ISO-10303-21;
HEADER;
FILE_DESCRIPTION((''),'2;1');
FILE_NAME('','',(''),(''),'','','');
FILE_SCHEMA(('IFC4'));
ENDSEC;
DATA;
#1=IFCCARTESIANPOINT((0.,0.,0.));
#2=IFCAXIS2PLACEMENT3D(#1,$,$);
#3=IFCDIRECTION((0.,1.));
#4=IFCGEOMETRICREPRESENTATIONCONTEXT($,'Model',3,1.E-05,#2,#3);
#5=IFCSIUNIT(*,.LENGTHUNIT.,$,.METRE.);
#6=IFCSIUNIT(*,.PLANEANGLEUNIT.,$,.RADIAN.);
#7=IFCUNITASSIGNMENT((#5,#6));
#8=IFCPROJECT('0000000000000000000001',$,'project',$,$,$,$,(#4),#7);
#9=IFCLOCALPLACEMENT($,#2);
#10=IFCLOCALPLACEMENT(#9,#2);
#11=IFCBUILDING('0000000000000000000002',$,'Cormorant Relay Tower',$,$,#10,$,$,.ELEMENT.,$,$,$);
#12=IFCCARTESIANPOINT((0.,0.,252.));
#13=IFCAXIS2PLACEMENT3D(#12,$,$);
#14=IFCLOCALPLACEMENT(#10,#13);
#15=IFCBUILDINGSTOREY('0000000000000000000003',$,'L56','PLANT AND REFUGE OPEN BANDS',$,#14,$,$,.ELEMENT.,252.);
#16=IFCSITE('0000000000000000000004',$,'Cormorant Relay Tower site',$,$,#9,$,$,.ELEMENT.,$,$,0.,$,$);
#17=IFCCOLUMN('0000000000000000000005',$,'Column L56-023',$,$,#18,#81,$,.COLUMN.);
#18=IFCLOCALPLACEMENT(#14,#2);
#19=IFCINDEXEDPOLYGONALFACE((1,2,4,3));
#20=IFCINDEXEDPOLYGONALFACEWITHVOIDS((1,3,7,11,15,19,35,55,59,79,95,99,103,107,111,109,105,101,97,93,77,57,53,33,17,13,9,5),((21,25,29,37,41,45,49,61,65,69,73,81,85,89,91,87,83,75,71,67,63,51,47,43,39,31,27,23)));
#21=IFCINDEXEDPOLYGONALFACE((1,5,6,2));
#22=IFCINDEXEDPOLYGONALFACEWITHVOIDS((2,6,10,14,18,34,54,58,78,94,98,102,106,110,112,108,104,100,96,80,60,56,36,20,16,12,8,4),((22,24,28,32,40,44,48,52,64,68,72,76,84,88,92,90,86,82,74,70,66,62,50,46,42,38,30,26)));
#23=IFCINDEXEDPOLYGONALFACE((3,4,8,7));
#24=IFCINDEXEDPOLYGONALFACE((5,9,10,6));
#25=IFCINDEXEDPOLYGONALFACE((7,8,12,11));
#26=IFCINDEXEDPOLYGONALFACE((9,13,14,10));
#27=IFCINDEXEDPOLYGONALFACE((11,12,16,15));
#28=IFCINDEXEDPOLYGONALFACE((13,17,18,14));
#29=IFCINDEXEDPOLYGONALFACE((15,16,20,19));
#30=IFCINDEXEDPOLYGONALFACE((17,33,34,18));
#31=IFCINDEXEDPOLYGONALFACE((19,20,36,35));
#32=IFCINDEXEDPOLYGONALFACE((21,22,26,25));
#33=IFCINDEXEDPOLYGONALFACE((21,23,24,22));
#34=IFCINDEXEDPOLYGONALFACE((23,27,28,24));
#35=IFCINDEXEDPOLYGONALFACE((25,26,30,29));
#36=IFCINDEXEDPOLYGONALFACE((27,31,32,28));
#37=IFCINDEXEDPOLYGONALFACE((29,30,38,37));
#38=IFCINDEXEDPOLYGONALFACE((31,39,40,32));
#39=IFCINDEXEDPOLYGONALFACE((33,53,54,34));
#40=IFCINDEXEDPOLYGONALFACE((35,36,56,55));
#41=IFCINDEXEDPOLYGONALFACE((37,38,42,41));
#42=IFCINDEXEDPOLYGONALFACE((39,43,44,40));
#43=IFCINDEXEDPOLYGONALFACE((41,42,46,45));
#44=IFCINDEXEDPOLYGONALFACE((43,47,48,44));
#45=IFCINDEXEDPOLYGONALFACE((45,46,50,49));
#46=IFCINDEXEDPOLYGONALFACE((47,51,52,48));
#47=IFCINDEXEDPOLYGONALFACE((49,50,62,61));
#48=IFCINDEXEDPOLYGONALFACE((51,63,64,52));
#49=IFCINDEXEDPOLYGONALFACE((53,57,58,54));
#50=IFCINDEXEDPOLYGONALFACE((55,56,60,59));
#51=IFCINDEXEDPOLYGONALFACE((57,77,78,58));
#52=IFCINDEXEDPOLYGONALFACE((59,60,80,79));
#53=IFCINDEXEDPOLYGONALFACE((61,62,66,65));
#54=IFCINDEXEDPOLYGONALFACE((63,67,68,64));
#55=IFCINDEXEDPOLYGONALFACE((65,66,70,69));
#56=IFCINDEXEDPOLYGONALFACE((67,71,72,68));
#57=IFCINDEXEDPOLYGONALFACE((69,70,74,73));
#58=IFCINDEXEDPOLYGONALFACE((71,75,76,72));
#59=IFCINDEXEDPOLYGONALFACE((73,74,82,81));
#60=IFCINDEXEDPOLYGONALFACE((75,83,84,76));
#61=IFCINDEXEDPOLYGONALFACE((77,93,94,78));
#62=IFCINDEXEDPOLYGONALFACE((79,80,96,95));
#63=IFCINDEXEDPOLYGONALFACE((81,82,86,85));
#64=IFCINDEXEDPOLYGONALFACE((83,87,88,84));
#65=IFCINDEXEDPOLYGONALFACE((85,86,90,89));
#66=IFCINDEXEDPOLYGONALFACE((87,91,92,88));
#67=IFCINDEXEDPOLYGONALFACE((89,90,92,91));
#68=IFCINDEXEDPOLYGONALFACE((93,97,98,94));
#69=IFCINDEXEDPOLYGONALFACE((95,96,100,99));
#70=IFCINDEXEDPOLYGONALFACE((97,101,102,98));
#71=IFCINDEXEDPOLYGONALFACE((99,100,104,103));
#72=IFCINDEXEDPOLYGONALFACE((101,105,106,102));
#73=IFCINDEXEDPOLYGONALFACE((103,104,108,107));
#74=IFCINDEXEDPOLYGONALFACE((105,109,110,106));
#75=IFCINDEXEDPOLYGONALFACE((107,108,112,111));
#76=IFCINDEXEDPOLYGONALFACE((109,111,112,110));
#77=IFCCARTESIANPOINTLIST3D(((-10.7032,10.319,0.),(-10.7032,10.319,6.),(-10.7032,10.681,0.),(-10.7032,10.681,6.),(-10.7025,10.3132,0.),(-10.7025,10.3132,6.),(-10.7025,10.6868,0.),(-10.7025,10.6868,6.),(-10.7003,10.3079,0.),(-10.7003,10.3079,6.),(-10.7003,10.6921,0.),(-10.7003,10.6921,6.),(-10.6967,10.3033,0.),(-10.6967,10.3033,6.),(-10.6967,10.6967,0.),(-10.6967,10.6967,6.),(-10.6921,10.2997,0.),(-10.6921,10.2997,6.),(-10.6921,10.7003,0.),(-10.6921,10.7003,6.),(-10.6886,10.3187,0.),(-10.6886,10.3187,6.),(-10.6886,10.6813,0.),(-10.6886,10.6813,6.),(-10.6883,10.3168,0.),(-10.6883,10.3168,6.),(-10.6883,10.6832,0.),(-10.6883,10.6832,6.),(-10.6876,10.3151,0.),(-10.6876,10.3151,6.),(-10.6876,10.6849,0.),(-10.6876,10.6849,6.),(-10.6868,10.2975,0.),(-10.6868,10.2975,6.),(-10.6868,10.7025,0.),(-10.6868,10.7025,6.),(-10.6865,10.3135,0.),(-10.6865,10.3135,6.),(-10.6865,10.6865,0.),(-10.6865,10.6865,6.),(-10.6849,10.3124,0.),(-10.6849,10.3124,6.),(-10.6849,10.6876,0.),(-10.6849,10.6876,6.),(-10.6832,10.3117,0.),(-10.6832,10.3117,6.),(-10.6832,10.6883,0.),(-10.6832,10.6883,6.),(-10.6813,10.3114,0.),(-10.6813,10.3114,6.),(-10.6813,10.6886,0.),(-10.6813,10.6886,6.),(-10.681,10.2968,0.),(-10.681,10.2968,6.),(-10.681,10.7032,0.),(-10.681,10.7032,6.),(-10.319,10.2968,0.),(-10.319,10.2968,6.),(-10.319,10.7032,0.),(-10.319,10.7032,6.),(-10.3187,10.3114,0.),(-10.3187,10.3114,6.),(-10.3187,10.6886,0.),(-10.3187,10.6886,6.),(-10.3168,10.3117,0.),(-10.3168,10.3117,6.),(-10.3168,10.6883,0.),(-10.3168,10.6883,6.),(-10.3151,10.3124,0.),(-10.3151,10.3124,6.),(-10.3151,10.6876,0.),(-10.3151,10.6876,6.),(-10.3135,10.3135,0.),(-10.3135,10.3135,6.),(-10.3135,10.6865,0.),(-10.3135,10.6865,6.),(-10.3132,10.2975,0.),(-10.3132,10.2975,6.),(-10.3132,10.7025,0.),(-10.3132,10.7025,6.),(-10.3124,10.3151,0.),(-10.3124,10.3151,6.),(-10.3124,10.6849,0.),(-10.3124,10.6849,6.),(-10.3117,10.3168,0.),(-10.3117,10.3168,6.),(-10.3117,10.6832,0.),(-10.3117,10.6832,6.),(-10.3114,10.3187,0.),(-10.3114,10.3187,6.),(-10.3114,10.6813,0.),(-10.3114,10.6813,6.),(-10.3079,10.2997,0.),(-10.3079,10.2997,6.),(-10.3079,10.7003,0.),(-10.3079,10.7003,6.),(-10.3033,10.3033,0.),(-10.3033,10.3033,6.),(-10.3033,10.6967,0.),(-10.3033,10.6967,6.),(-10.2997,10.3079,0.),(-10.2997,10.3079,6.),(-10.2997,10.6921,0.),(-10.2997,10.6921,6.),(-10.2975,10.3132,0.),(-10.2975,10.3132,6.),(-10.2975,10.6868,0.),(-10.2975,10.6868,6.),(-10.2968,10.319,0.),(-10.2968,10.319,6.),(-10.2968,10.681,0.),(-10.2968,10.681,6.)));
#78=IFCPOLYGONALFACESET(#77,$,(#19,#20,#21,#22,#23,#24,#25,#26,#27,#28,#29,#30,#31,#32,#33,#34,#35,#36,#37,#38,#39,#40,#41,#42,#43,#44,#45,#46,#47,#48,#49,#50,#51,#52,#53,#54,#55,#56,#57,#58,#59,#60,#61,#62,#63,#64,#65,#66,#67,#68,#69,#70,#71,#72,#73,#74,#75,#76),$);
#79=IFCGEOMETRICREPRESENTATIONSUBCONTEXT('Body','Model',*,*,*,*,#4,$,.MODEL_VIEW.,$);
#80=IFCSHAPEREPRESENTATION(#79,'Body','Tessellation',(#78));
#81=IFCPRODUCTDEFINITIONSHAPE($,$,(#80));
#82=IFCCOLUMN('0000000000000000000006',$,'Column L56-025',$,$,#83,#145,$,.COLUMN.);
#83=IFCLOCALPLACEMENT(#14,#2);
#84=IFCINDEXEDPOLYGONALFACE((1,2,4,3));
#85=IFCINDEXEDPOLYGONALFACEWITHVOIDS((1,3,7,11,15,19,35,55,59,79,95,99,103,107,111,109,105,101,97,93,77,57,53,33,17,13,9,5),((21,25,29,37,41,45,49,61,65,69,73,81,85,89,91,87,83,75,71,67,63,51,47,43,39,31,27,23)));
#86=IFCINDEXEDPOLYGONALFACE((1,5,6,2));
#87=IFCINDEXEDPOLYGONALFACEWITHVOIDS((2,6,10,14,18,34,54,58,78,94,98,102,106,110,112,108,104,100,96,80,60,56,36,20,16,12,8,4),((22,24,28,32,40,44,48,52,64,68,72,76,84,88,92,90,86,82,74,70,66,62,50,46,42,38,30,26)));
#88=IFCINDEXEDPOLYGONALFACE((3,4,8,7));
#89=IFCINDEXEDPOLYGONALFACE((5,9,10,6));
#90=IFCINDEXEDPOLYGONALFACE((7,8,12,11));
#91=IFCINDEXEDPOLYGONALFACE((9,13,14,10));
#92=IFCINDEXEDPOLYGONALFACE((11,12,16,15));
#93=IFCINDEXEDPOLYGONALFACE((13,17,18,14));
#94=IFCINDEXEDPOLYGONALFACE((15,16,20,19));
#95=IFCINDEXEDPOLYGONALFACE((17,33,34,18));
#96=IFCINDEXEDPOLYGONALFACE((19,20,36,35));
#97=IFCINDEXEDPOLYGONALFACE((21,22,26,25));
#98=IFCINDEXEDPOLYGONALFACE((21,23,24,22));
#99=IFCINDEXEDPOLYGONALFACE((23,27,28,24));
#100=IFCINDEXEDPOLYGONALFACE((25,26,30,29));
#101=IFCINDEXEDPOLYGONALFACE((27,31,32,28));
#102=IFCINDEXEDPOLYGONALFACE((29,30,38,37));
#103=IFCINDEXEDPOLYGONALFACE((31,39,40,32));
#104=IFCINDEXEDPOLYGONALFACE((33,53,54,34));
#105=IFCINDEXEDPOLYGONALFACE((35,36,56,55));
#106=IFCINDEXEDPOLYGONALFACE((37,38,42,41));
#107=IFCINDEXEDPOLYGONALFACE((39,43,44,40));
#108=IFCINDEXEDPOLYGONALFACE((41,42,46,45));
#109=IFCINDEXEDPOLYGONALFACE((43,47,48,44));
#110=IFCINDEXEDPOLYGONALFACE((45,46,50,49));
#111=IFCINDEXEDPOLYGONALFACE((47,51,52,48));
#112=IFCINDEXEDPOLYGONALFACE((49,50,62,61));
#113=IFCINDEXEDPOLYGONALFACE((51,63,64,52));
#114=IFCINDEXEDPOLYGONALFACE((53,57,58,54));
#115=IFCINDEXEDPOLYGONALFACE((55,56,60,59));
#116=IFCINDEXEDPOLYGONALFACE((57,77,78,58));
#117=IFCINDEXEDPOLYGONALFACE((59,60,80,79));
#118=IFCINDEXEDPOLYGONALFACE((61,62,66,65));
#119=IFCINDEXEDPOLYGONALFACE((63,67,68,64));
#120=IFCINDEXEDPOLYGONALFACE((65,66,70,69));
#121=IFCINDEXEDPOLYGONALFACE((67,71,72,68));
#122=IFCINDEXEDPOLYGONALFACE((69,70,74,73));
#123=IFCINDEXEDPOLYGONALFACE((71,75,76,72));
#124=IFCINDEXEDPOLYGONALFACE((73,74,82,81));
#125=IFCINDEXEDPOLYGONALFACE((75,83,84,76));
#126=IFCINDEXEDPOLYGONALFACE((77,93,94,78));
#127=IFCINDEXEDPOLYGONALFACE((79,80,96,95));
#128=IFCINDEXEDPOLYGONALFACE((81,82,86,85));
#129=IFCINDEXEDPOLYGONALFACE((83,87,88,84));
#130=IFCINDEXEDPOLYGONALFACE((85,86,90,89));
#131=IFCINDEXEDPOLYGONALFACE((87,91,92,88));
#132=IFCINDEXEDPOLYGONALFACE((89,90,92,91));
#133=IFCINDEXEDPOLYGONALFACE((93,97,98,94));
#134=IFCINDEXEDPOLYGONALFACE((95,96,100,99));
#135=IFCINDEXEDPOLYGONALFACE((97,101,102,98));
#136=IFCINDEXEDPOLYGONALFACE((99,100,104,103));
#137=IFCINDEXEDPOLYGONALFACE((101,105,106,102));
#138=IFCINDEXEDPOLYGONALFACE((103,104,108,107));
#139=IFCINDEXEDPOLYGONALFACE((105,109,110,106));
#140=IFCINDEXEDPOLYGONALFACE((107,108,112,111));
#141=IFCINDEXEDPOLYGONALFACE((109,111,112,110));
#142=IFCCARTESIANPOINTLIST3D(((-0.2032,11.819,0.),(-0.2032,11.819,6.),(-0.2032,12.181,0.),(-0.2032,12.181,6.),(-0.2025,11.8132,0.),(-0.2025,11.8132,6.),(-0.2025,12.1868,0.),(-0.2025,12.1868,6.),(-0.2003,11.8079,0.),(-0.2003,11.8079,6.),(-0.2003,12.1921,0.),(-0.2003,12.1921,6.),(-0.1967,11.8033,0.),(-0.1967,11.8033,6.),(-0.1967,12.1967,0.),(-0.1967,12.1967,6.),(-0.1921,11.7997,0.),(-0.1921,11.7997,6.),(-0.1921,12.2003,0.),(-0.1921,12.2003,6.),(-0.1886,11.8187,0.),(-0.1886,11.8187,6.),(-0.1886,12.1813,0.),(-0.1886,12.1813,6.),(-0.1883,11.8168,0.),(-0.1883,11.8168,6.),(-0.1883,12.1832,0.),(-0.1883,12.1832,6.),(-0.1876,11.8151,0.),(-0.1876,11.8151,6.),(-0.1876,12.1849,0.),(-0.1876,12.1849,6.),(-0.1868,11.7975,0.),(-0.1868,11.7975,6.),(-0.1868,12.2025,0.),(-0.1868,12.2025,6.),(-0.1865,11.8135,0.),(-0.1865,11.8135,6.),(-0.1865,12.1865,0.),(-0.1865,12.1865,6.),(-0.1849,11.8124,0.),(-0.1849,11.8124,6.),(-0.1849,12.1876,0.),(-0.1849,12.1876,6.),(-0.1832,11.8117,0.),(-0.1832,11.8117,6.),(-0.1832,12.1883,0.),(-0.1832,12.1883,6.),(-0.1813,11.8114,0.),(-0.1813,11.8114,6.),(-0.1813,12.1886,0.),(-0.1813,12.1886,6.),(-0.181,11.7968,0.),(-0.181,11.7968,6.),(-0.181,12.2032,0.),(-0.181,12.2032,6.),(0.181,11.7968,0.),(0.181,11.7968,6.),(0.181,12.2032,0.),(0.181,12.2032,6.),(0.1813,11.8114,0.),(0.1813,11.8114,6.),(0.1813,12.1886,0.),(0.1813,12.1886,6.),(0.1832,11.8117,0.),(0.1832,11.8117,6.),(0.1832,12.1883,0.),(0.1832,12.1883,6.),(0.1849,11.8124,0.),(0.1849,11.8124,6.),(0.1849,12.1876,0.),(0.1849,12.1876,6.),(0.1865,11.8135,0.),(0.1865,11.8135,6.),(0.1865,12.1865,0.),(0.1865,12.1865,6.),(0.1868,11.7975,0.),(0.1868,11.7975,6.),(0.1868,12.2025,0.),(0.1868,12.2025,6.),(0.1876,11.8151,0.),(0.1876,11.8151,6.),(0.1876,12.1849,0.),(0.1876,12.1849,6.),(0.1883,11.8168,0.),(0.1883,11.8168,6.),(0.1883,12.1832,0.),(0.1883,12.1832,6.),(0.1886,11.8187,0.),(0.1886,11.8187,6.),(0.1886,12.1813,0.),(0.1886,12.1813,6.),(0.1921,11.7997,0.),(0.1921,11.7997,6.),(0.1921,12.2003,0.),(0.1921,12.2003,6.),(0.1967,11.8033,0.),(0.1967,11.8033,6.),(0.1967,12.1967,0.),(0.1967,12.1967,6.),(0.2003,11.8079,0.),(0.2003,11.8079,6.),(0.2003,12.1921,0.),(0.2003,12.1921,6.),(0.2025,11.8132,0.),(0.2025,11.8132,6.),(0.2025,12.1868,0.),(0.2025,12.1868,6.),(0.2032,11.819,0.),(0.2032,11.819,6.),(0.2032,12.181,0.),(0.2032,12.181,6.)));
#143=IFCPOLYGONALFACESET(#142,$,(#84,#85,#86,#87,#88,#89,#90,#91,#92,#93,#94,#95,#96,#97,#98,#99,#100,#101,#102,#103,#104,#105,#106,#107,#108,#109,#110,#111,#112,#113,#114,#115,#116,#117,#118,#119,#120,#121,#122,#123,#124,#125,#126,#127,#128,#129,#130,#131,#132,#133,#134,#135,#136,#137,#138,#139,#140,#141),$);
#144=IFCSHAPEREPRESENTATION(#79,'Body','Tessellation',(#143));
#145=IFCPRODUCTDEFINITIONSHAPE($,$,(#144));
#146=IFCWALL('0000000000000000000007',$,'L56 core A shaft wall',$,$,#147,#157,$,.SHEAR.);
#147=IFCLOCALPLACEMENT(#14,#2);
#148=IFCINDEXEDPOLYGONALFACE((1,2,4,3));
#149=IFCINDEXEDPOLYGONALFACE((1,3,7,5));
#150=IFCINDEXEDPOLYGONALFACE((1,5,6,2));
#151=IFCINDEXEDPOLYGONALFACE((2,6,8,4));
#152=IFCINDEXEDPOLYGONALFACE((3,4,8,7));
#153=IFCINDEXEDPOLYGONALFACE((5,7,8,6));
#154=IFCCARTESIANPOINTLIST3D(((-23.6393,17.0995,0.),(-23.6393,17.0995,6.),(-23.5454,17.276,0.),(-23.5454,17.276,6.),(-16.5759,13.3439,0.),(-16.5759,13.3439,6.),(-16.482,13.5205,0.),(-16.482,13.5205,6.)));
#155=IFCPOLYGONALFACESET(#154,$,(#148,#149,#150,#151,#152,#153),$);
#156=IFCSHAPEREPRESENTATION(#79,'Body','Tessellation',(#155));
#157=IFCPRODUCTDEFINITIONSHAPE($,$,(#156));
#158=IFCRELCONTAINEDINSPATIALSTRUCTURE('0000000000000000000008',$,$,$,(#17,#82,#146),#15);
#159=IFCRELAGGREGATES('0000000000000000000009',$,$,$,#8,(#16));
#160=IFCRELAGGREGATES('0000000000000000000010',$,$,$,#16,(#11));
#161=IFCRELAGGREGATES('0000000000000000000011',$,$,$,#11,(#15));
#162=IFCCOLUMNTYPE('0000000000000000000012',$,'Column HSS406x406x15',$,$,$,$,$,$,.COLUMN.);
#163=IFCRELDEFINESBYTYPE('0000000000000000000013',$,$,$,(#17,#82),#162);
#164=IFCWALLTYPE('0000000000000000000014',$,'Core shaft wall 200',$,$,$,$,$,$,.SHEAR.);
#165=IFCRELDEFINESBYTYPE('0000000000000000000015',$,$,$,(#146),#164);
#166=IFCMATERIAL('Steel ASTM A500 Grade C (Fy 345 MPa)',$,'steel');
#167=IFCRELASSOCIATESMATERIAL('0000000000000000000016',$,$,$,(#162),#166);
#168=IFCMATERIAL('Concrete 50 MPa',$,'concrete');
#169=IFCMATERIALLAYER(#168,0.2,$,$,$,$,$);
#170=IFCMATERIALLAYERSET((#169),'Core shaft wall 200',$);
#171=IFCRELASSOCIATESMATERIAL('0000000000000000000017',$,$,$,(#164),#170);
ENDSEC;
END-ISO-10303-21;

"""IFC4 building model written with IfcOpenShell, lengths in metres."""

from ifc_helpers import new_model, si_unit, direction, frame, frame_2d, origin, origin_2d, place, context, subcontext, project, spatial, rectangle, hollow_rectangle, extrude, material, layer, layer_set, material_profile, profile_set, type_object, element, save


model = new_model("IFC4")

# Units and contexts
model_context = context("Model", 3, precision=1e-05, world=origin(), true_north=direction((0.0, 1.0)))
body_context = subcontext(model_context, "Body", "Model", "MODEL_VIEW")
ifc_project = project(units=[si_unit("LENGTHUNIT", "METRE"), si_unit("PLANEANGLEUNIT", "RADIAN")], contexts=[model_context])

# Site, building, storey
site_placement = place(None, origin())
site = spatial("IfcSite", under=ifc_project, at=site_placement, Name="Cormorant Relay Tower site", CompositionType="ELEMENT", RefElevation=0.0)
building_placement = place(site_placement, origin())
building = spatial("IfcBuilding", under=site, at=building_placement, Name="Cormorant Relay Tower", CompositionType="ELEMENT")
storey_placement = place(building_placement, frame((0.0, 0.0, 252.0)))
storey = spatial("IfcBuildingStorey", under=building, at=storey_placement, Name="L56", Description="PLANT AND REFUGE OPEN BANDS", CompositionType="ELEMENT", Elevation=252.0)

# Columns
ifc_material_1 = material(Name="Steel ASTM A500 Grade C (Fy 345 MPa)", Category="steel")
ifc_material_profile = material_profile(ifc_material_1, hollow_rectangle(XDim=0.4065, YDim=0.4065, WallThickness=0.0146, InnerFilletRadius=0.0073, OuterFilletRadius=0.0222, at=origin_2d()), Name="HSS406x406x15")
ifc_profile_set = profile_set([ifc_material_profile], Name="Steel ASTM A500 Grade C (Fy 345 MPa)")
column_type = type_object("IfcColumnType", Name="Column HSS406x406x15", PredefinedType="COLUMN", material=ifc_profile_set)
for number, where, z_axis, x_axis, name in (
    (1, (-10.5, 10.5, 0.0), (0.0, 0.0, 1.0), (1.0, 0.0, 0.0), "Column L56-023"),
    (2, (0.0, 12.0, 0.0), (0.0, 0.0, 1.0), (1.0, 0.0, 0.0), "Column L56-025"),
):
    element("IfcColumn", number, at=place(storey_placement, frame(where, z_axis=z_axis, x_axis=x_axis)), inside=storey, type_object=column_type, Name=name, PredefinedType="COLUMN", context=body_context, shape_type="SweptSolid", body=[
        extrude(hollow_rectangle(XDim=0.4065, YDim=0.4065, WallThickness=0.0146, InnerFilletRadius=0.0073, OuterFilletRadius=0.0222, at=origin_2d()), origin(), (0.0, 0.0, 1.0), 6.0),
    ])

# Wall
ifc_material_2 = material(Name="Concrete 50 MPa", Category="concrete")
ifc_layer_1 = layer(ifc_material_2, 0.2)
ifc_layer_set_1 = layer_set([ifc_layer_1], Name="Core shaft wall 200")
wall_type_1 = type_object("IfcWallType", Name="Core shaft wall 200", PredefinedType="SHEAR", material=ifc_layer_set_1)
wall_1_placement = place(storey_placement, frame((-16.5288, 13.4321, 0.0), z_axis=(0.0, 0.0, 1.0), x_axis=(-0.882953, 0.469462, 0.0)))
element("IfcWall", 3, at=wall_1_placement, inside=storey, type_object=wall_type_1, Name="L56 core A shaft wall", PredefinedType="SHEAR", context=body_context, shape_type="SweptSolid", body=[
    extrude(rectangle(XDim=7.9998, YDim=0.2, at=frame_2d((4.0, 0.0))), origin(), (0.0, 0.0, 1.0), 6.0),
])

save(model, "model.ifc")
